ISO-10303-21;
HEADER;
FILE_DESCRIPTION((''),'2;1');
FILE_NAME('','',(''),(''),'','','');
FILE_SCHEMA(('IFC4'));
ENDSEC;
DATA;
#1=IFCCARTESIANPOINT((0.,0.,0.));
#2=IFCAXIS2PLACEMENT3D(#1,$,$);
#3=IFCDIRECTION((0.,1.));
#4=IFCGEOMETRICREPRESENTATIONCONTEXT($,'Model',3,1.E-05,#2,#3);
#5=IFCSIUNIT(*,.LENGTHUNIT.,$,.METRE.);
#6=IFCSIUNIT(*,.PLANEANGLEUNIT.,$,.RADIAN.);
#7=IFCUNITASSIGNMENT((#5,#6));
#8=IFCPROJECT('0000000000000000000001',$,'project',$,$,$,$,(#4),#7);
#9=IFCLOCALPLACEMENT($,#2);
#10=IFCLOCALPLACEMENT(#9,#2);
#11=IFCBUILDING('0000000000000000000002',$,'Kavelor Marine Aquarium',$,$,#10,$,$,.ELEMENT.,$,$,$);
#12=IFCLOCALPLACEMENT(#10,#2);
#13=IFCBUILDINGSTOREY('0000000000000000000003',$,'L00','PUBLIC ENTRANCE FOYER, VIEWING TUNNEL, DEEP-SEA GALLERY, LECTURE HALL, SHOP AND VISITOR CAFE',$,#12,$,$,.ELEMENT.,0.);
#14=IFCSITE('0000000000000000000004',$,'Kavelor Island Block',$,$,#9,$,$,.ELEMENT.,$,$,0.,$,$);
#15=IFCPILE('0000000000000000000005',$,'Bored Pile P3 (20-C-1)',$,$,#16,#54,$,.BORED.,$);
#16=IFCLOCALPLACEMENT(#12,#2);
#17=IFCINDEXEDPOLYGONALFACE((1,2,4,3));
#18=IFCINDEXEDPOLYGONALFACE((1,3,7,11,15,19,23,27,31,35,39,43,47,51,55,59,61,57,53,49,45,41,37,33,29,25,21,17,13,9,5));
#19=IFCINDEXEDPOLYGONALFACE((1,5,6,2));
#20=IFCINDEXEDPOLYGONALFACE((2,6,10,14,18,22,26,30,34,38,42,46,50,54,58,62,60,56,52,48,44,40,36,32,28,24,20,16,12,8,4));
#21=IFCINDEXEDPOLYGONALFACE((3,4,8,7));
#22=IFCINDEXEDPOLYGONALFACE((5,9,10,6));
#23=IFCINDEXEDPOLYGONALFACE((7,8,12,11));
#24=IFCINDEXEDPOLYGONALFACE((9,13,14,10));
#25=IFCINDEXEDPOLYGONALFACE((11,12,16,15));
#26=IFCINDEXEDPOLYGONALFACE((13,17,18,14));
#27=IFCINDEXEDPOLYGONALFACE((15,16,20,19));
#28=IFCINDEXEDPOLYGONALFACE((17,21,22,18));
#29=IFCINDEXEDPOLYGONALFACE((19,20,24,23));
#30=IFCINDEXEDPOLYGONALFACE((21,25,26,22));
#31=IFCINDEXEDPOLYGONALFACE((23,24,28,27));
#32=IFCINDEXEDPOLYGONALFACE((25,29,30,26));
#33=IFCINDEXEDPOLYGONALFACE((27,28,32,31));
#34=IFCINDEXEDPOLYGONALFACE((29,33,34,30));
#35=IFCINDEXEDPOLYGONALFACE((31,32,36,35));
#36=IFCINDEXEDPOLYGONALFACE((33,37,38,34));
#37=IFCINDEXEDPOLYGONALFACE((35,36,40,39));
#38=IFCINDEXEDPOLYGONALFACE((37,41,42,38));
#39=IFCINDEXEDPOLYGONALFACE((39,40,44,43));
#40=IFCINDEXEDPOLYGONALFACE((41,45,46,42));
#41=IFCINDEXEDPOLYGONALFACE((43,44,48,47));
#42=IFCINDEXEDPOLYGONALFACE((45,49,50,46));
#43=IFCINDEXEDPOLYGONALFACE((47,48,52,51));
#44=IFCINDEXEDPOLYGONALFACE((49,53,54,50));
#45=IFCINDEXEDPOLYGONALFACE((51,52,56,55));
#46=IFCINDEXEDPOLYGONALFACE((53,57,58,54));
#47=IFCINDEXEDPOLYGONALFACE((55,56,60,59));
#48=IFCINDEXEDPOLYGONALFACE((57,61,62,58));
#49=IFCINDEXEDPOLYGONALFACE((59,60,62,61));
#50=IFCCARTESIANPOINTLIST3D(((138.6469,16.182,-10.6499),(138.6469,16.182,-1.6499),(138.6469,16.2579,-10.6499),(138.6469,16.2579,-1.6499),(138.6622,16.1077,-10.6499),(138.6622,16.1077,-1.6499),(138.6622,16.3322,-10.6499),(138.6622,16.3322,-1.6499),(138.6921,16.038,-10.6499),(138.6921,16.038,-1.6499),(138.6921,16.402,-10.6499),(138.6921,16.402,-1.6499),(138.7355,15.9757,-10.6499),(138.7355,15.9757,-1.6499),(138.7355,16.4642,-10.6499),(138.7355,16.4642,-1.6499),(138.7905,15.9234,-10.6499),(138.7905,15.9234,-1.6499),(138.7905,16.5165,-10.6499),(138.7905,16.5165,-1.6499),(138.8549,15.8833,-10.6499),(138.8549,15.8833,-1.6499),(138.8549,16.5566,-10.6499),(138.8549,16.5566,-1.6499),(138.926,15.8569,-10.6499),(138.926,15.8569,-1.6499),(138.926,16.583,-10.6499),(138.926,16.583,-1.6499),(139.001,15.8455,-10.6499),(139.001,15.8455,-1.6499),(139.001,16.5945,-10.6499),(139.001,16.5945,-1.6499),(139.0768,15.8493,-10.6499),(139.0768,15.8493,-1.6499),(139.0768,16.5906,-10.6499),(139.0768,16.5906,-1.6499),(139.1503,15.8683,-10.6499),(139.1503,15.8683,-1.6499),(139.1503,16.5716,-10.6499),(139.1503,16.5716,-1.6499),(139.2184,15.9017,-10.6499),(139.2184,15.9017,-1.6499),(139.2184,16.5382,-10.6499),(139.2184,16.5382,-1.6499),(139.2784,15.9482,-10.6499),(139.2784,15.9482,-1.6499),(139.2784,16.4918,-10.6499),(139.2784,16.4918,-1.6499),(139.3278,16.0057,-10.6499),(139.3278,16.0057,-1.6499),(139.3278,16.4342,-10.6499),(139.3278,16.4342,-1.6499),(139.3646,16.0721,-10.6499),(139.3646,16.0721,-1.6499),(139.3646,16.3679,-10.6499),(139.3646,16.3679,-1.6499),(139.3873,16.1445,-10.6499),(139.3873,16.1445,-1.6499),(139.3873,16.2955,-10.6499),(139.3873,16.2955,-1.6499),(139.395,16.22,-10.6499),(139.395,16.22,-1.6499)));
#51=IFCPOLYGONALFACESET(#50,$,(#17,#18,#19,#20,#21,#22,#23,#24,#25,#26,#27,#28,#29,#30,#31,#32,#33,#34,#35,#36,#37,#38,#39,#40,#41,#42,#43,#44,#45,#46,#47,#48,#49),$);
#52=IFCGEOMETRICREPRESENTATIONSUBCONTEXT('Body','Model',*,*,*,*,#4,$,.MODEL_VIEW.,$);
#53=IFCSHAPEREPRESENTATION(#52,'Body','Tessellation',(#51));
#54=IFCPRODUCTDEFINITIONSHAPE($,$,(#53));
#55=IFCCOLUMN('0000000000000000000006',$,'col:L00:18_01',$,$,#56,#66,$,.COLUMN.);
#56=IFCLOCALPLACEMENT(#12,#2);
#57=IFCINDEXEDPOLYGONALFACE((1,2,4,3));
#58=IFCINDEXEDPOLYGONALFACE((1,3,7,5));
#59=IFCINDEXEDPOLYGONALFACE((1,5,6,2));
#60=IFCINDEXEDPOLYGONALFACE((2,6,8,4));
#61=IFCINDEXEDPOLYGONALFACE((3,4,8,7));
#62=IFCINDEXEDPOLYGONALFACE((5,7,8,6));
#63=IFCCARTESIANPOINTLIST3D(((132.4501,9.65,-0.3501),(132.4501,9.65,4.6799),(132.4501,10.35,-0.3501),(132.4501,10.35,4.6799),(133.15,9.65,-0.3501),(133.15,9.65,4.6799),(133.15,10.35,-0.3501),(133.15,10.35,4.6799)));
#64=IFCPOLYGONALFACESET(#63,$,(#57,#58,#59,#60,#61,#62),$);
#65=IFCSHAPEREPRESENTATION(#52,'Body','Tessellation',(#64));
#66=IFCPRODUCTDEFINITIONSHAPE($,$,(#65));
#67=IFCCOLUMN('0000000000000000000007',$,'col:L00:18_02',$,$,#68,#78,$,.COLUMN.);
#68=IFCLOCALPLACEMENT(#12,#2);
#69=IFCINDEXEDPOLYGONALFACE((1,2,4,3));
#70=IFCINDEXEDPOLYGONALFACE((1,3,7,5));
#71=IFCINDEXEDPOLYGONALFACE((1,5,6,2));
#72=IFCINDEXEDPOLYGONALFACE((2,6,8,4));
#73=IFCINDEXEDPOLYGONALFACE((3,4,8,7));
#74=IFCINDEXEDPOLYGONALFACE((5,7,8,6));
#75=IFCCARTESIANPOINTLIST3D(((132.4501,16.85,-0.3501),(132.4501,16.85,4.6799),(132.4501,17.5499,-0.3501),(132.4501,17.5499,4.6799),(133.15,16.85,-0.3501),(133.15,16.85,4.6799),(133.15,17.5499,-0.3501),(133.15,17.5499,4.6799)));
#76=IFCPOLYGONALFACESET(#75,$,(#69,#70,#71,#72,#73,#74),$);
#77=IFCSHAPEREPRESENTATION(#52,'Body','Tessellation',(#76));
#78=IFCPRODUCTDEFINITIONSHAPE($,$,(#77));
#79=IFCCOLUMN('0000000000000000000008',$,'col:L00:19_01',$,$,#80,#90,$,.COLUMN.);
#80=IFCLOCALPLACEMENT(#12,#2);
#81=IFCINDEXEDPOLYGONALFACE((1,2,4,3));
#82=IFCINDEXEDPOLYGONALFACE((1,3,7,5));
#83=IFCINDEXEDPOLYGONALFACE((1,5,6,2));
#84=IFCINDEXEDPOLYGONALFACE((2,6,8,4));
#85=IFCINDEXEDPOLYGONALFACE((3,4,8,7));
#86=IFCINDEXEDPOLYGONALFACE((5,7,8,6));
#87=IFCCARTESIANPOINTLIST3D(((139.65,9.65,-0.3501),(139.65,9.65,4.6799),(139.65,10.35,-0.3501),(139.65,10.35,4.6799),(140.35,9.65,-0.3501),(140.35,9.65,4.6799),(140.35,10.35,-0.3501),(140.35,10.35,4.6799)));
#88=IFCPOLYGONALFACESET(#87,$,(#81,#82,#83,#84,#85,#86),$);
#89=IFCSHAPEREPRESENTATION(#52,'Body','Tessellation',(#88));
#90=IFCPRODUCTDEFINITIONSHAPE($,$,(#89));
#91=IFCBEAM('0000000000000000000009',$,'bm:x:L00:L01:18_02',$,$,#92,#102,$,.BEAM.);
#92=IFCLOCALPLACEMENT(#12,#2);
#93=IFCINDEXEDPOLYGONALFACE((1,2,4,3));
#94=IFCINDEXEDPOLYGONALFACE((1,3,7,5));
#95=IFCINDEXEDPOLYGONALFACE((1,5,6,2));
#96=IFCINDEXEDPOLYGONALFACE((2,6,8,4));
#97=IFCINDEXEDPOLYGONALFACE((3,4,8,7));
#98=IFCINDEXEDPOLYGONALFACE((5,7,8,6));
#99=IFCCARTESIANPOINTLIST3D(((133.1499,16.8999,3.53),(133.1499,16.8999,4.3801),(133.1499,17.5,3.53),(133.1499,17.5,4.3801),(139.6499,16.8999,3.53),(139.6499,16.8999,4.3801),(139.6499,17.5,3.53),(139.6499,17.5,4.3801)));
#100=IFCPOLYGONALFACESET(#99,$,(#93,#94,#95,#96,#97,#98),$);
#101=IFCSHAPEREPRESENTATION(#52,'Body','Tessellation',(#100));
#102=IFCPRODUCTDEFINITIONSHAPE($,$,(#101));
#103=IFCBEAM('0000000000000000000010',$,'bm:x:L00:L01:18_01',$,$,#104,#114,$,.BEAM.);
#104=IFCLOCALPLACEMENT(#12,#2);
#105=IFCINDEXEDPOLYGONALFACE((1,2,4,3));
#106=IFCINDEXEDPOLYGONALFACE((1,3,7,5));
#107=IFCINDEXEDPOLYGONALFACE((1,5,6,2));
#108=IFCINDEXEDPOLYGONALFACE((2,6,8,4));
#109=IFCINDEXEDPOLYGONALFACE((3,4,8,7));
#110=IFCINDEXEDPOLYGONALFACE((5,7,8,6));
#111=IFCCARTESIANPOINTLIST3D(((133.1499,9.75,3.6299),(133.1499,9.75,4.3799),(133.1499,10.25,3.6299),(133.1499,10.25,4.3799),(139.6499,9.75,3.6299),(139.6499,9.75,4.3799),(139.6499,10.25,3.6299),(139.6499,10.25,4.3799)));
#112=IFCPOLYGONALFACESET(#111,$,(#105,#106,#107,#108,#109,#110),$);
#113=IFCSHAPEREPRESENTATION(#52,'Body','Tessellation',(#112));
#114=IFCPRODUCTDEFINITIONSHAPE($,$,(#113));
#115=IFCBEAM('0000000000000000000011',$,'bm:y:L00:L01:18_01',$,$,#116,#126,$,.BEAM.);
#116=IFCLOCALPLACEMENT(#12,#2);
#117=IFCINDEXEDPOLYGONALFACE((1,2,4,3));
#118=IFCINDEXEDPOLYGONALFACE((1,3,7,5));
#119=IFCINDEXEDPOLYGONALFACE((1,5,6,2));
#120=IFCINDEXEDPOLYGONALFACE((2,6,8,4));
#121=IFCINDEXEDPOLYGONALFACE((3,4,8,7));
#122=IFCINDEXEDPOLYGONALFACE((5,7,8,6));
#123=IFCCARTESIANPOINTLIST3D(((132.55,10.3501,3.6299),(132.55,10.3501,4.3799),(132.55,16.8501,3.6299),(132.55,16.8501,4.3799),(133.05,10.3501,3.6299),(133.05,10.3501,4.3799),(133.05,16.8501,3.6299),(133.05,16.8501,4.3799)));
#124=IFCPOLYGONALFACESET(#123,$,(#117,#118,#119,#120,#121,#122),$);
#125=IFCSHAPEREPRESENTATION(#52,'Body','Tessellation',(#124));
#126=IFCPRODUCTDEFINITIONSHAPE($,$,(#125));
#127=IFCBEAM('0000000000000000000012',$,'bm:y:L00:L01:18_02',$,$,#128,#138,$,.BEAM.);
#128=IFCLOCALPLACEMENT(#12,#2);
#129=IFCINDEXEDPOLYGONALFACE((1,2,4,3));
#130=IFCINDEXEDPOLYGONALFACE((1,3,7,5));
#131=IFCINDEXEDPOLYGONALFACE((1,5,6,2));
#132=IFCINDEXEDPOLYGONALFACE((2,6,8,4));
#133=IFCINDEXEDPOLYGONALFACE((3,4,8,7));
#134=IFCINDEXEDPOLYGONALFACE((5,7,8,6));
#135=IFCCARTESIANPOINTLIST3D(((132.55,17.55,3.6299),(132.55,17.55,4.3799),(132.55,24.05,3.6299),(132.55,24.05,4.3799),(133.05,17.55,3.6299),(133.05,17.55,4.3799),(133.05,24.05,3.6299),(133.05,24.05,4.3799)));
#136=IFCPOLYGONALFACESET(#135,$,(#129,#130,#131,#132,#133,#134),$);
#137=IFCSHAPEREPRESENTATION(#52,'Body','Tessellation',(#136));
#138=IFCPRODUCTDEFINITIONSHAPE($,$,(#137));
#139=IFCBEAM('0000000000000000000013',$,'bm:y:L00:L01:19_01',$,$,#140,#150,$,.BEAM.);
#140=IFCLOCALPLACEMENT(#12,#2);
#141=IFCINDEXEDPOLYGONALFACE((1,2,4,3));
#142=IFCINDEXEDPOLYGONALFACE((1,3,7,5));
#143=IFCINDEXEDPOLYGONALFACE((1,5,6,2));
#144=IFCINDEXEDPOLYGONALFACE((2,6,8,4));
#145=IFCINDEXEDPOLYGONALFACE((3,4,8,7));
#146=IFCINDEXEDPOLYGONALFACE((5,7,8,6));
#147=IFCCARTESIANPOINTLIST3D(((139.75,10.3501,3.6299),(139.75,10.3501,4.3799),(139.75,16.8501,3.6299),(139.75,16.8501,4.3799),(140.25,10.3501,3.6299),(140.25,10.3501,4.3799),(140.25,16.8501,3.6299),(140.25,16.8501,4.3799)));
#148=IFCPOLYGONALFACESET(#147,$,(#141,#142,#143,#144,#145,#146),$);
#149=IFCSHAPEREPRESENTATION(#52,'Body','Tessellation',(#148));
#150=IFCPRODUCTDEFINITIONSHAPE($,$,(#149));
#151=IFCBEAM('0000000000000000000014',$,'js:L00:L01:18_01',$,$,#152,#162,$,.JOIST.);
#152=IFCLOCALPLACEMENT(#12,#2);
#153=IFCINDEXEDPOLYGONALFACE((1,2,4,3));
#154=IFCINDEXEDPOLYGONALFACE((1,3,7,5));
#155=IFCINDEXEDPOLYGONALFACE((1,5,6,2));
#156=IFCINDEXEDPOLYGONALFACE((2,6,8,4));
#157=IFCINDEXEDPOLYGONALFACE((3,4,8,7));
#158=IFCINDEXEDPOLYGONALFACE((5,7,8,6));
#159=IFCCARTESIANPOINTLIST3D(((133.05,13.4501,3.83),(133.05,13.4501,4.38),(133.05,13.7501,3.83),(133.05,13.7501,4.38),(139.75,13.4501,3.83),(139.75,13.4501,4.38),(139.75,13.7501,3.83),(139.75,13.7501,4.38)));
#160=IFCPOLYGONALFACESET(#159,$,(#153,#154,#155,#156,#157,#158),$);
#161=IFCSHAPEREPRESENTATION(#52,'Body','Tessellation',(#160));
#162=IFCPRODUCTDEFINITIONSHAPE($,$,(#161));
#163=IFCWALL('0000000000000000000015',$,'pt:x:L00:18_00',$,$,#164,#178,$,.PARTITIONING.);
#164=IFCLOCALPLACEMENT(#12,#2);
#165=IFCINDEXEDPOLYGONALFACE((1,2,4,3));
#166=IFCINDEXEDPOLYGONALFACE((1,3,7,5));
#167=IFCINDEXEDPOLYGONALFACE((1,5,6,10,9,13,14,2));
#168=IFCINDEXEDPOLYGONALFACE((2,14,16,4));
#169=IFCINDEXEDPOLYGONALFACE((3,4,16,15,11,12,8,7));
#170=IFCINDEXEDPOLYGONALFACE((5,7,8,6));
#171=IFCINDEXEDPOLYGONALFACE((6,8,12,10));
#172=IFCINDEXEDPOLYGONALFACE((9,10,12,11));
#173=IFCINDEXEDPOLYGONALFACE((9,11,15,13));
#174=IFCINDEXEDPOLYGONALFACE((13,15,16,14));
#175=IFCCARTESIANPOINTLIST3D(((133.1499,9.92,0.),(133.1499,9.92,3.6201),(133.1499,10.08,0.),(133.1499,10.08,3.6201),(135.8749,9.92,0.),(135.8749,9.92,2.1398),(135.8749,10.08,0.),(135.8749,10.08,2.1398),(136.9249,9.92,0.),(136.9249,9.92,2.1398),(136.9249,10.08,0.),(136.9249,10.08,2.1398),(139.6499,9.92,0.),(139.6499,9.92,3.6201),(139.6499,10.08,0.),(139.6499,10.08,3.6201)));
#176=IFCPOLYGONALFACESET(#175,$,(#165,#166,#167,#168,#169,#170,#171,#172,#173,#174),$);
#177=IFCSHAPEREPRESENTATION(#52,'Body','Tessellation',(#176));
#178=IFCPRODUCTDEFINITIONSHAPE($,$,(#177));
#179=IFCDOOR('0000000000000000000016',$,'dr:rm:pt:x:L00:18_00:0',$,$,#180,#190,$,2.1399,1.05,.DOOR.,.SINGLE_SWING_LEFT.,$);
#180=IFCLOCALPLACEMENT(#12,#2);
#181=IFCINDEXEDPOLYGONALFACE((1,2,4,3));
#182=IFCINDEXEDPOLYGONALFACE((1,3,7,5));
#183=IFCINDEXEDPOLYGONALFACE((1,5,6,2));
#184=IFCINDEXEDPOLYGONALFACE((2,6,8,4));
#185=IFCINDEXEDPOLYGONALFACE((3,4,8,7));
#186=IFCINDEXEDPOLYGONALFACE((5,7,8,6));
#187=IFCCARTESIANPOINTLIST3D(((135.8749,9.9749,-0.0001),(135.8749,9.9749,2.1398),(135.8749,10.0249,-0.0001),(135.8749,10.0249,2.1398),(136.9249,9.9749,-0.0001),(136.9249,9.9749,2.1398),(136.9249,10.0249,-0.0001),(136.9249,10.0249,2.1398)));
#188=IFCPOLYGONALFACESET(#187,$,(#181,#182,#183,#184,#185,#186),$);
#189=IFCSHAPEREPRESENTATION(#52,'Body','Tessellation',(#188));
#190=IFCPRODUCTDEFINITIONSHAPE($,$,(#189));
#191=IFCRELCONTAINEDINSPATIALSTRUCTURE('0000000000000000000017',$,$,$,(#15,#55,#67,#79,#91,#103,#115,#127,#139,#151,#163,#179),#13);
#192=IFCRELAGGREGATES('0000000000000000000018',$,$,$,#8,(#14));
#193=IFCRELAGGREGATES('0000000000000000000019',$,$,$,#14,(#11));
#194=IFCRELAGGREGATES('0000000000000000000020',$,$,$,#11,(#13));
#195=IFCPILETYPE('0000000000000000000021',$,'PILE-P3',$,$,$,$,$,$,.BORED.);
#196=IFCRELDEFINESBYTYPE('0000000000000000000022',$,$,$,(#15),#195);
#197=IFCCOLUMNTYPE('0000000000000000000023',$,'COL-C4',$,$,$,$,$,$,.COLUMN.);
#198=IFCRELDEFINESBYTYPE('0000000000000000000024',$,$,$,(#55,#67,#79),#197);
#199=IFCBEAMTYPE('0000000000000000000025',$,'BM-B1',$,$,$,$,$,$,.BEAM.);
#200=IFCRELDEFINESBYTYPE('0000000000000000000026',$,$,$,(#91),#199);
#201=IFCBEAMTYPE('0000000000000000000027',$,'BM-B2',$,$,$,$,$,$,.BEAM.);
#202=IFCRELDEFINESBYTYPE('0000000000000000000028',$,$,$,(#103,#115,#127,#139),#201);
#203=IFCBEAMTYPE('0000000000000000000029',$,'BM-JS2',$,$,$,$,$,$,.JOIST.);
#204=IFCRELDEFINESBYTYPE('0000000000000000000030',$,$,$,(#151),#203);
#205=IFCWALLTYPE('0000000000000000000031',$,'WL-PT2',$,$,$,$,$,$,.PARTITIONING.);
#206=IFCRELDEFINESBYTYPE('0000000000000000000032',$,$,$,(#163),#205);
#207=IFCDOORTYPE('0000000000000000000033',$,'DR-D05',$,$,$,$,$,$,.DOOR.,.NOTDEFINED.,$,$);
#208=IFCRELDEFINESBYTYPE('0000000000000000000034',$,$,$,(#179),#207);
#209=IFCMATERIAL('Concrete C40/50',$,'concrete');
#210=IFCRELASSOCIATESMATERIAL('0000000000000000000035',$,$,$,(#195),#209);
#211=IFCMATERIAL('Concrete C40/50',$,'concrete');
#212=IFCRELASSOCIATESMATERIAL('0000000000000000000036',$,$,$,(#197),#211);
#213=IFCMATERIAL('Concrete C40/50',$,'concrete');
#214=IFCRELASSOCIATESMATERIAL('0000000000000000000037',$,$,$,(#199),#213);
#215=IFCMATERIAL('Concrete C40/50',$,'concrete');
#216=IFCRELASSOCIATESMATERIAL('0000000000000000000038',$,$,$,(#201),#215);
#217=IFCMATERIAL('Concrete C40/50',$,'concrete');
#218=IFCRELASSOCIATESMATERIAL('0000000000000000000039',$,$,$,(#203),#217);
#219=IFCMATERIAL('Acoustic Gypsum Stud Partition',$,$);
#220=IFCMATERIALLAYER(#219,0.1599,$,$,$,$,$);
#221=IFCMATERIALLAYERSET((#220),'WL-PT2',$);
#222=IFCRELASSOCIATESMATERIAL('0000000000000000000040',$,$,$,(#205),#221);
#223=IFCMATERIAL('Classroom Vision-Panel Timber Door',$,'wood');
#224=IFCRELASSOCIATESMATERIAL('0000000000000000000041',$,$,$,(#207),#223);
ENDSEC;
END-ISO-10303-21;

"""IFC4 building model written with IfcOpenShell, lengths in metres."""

from ifc_helpers import new_model, si_unit, direction, frame, frame_2d, origin, origin_2d, place, context, subcontext, project, spatial, rectangle, circle, extrude, material, layer, layer_set, material_profile, profile_set, type_object, element, fill, save


model = new_model("IFC4")

# Units and contexts
model_context = context("Model", 3, precision=1e-05, world=origin(), true_north=direction((0.0, 1.0)))
body_context = subcontext(model_context, "Body", "Model", "MODEL_VIEW")
ifc_project = project(units=[si_unit("LENGTHUNIT", "METRE"), si_unit("PLANEANGLEUNIT", "RADIAN")], contexts=[model_context])

# Site, building, storey
site_placement = place(None, origin())
site = spatial("IfcSite", under=ifc_project, at=site_placement, Name="Kavelor Island Block", CompositionType="ELEMENT", RefElevation=0.0)
building_placement = place(site_placement, origin())
building = spatial("IfcBuilding", under=site, at=building_placement, Name="Kavelor Marine Aquarium", CompositionType="ELEMENT")
storey_placement = place(building_placement, origin())
storey = spatial("IfcBuildingStorey", under=building, at=storey_placement, Name="L00", Description="PUBLIC ENTRANCE FOYER, VIEWING TUNNEL, DEEP-SEA GALLERY, LECTURE HALL, SHOP AND VISITOR CAFE", CompositionType="ELEMENT", Elevation=0.0)

# Pile
ifc_material_1 = material(Name="Concrete C40/50", Category="concrete")
ifc_material_profile_1 = material_profile(ifc_material_1, circle(Radius=0.375, at=origin_2d()), Name="PILE D750")
ifc_profile_set_1 = profile_set([ifc_material_profile_1], Name="Concrete C40/50")
pile_type_1 = type_object("IfcPileType", Name="PILE-P3", PredefinedType="BORED", material=ifc_profile_set_1)
for number, where, z_axis, x_axis, name in (
    (1, (139.02, 16.22, -1.6499), (0.0, 0.0, -1.0), (1.0, 0.0, 0.0), "Bored Pile P3 (20-C-1)"),
):
    element("IfcPile", number, at=place(storey_placement, frame(where, z_axis=z_axis, x_axis=x_axis)), inside=storey, type_object=pile_type_1, Name=name, PredefinedType="BORED", context=body_context, shape_type="SweptSolid", body=[
        extrude(circle(Radius=0.375, at=origin_2d()), origin(), (0.0, 0.0, 1.0), 9.0),
    ])

# Columns
ifc_material_2 = material(Name="Concrete C40/50", Category="concrete")
ifc_material_profile_2 = material_profile(ifc_material_2, rectangle(XDim=0.7, YDim=0.7, at=origin_2d()), Name="RC-COL 700x700")
ifc_profile_set_2 = profile_set([ifc_material_profile_2], Name="Concrete C40/50")
column_type = type_object("IfcColumnType", Name="COL-C4", PredefinedType="COLUMN", material=ifc_profile_set_2)
for number, where, z_axis, x_axis, name in (
    (2, (132.8, 10.0, -0.3501), (0.0, 0.0, 1.0), (1.0, 0.0, 0.0), "col:L00:18_01"),
    (3, (132.8, 17.2, -0.3501), (0.0, 0.0, 1.0), (1.0, 0.0, 0.0), "col:L00:18_02"),
    (4, (140.0, 10.0, -0.3501), (0.0, 0.0, 1.0), (1.0, 0.0, 0.0), "col:L00:19_01"),
):
    element("IfcColumn", number, at=place(storey_placement, frame(where, z_axis=z_axis, x_axis=x_axis)), inside=storey, type_object=column_type, Name=name, PredefinedType="COLUMN", context=body_context, shape_type="SweptSolid", body=[
        extrude(rectangle(XDim=0.7, YDim=0.7, at=origin_2d()), origin(), (0.0, 0.0, 1.0), 5.03),
    ])

# Beams
ifc_material_3 = material(Name="Concrete C40/50", Category="concrete")
ifc_material_profile_3 = material_profile(ifc_material_3, rectangle(XDim=0.6001, YDim=0.8501, at=origin_2d()), Name="RC-BM 600x850")
ifc_profile_set_3 = profile_set([ifc_material_profile_3], Name="Concrete C40/50")
beam_type_1 = type_object("IfcBeamType", Name="BM-B1", PredefinedType="BEAM", material=ifc_profile_set_3)
beam_1_placement = place(storey_placement, frame((133.1499, 17.2, 3.9551), z_axis=(1.0, 0.0, 0.0), x_axis=(0.0, 1.0, 0.0)))
element("IfcBeam", 5, at=beam_1_placement, inside=storey, type_object=beam_type_1, Name="bm:x:L00:L01:18_02", PredefinedType="BEAM", context=body_context, shape_type="SweptSolid", body=[
    extrude(rectangle(XDim=0.6001, YDim=0.8501, at=origin_2d()), origin(), (0.0, 0.0, 1.0), 6.5),
])
ifc_material_4 = material(Name="Concrete C40/50", Category="concrete")
ifc_material_profile_4 = material_profile(ifc_material_4, rectangle(XDim=0.5, YDim=0.75, at=origin_2d()), Name="RC-BM 500x750")
ifc_profile_set_4 = profile_set([ifc_material_profile_4], Name="Concrete C40/50")
beam_type_2 = type_object("IfcBeamType", Name="BM-B2", PredefinedType="BEAM", material=ifc_profile_set_4)
for number, where, z_axis, x_axis, name in (
    (6, (133.1499, 10.0, 4.0049), (1.0, 0.0, 0.0), (0.0, 1.0, 0.0), "bm:x:L00:L01:18_01"),
    (7, (132.8, 10.3501, 4.0049), (0.0, 1.0, 0.0), (-1.0, 0.0, 0.0), "bm:y:L00:L01:18_01"),
    (8, (132.8, 17.55, 4.0049), (0.0, 1.0, 0.0), (-1.0, 0.0, 0.0), "bm:y:L00:L01:18_02"),
    (9, (140.0, 10.3501, 4.0049), (0.0, 1.0, 0.0), (-1.0, 0.0, 0.0), "bm:y:L00:L01:19_01"),
):
    element("IfcBeam", number, at=place(storey_placement, frame(where, z_axis=z_axis, x_axis=x_axis)), inside=storey, type_object=beam_type_2, Name=name, PredefinedType="BEAM", context=body_context, shape_type="SweptSolid", body=[
        extrude(rectangle(XDim=0.5, YDim=0.75, at=origin_2d()), origin(), (0.0, 0.0, 1.0), 6.5),
    ])
ifc_material_5 = material(Name="Concrete C40/50", Category="concrete")
ifc_material_profile_5 = material_profile(ifc_material_5, rectangle(XDim=0.3, YDim=0.55, at=origin_2d()), Name="RC-JS 300x550")
ifc_profile_set_5 = profile_set([ifc_material_profile_5], Name="Concrete C40/50")
beam_type_3 = type_object("IfcBeamType", Name="BM-JS2", PredefinedType="JOIST", material=ifc_profile_set_5)
beam_2_placement = place(storey_placement, frame((133.05, 13.6001, 4.105), z_axis=(1.0, 0.0, 0.0), x_axis=(0.0, 1.0, 0.0)))
element("IfcBeam", 10, at=beam_2_placement, inside=storey, type_object=beam_type_3, Name="js:L00:L01:18_01", PredefinedType="JOIST", context=body_context, shape_type="SweptSolid", body=[
    extrude(rectangle(XDim=0.3, YDim=0.55, at=origin_2d()), origin(), (0.0, 0.0, 1.0), 6.7),
])

# Wall, opening, door
ifc_material_6 = material(Name="Acoustic Gypsum Stud Partition")
ifc_layer_1 = layer(ifc_material_6, 0.1599)
ifc_layer_set_1 = layer_set([ifc_layer_1], Name="WL-PT2")
wall_type_1 = type_object("IfcWallType", Name="WL-PT2", PredefinedType="PARTITIONING", material=ifc_layer_set_1)
wall_1_placement = place(storey_placement, frame((133.1499, 10.0, 0.0), z_axis=(0.0, 0.0, 1.0), x_axis=(1.0, 0.0, 0.0)))
wall_1 = element("IfcWall", 11, at=wall_1_placement, inside=storey, type_object=wall_type_1, Name="pt:x:L00:18_00", PredefinedType="PARTITIONING", context=body_context, shape_type="SweptSolid", body=[
    extrude(rectangle(XDim=6.5, YDim=0.1599, at=frame_2d((3.25, 0.0))), origin(), (0.0, 0.0, 1.0), 3.6201),
])
opening_1_placement = place(wall_1_placement, frame((2.7251, 0.0, 0.0)))
opening_1 = element("IfcOpeningElement", 12, at=opening_1_placement, cuts=wall_1, PredefinedType="OPENING", context=body_context, shape_type="SweptSolid", body=[
    extrude(rectangle(XDim=1.05, YDim=2.1399, at=frame_2d((0.5249, 1.0698))), frame((0.0, 0.0898, 0.0), z_axis=(0.0, -1.0, 0.0), x_axis=(1.0, 0.0, 0.0)), (0.0, 0.0, 1.0), 0.1799),
])
ifc_material_7 = material(Name="Classroom Vision-Panel Timber Door", Category="wood")
door_type_1 = type_object("IfcDoorType", Name="DR-D05", OperationType="NOTDEFINED", PredefinedType="DOOR", material=ifc_material_7)
door_1_placement = place(opening_1_placement, origin())
door_1 = element("IfcDoor", 13, at=door_1_placement, inside=storey, type_object=door_type_1, Name="dr:rm:pt:x:L00:18_00:0", OperationType="SINGLE_SWING_LEFT", OverallHeight=2.1399, OverallWidth=1.05, PredefinedType="DOOR", context=body_context, shape_type="SweptSolid", body=[
    extrude(rectangle(XDim=1.05, YDim=2.1399, at=frame_2d((0.5249, 1.0698))), frame((0.0, 0.0249, 0.0), z_axis=(0.0, -1.0, 0.0), x_axis=(1.0, 0.0, 0.0)), (0.0, 0.0, 1.0), 0.05),
])
fill(opening_1, door_1)

save(model, "model.ifc")
